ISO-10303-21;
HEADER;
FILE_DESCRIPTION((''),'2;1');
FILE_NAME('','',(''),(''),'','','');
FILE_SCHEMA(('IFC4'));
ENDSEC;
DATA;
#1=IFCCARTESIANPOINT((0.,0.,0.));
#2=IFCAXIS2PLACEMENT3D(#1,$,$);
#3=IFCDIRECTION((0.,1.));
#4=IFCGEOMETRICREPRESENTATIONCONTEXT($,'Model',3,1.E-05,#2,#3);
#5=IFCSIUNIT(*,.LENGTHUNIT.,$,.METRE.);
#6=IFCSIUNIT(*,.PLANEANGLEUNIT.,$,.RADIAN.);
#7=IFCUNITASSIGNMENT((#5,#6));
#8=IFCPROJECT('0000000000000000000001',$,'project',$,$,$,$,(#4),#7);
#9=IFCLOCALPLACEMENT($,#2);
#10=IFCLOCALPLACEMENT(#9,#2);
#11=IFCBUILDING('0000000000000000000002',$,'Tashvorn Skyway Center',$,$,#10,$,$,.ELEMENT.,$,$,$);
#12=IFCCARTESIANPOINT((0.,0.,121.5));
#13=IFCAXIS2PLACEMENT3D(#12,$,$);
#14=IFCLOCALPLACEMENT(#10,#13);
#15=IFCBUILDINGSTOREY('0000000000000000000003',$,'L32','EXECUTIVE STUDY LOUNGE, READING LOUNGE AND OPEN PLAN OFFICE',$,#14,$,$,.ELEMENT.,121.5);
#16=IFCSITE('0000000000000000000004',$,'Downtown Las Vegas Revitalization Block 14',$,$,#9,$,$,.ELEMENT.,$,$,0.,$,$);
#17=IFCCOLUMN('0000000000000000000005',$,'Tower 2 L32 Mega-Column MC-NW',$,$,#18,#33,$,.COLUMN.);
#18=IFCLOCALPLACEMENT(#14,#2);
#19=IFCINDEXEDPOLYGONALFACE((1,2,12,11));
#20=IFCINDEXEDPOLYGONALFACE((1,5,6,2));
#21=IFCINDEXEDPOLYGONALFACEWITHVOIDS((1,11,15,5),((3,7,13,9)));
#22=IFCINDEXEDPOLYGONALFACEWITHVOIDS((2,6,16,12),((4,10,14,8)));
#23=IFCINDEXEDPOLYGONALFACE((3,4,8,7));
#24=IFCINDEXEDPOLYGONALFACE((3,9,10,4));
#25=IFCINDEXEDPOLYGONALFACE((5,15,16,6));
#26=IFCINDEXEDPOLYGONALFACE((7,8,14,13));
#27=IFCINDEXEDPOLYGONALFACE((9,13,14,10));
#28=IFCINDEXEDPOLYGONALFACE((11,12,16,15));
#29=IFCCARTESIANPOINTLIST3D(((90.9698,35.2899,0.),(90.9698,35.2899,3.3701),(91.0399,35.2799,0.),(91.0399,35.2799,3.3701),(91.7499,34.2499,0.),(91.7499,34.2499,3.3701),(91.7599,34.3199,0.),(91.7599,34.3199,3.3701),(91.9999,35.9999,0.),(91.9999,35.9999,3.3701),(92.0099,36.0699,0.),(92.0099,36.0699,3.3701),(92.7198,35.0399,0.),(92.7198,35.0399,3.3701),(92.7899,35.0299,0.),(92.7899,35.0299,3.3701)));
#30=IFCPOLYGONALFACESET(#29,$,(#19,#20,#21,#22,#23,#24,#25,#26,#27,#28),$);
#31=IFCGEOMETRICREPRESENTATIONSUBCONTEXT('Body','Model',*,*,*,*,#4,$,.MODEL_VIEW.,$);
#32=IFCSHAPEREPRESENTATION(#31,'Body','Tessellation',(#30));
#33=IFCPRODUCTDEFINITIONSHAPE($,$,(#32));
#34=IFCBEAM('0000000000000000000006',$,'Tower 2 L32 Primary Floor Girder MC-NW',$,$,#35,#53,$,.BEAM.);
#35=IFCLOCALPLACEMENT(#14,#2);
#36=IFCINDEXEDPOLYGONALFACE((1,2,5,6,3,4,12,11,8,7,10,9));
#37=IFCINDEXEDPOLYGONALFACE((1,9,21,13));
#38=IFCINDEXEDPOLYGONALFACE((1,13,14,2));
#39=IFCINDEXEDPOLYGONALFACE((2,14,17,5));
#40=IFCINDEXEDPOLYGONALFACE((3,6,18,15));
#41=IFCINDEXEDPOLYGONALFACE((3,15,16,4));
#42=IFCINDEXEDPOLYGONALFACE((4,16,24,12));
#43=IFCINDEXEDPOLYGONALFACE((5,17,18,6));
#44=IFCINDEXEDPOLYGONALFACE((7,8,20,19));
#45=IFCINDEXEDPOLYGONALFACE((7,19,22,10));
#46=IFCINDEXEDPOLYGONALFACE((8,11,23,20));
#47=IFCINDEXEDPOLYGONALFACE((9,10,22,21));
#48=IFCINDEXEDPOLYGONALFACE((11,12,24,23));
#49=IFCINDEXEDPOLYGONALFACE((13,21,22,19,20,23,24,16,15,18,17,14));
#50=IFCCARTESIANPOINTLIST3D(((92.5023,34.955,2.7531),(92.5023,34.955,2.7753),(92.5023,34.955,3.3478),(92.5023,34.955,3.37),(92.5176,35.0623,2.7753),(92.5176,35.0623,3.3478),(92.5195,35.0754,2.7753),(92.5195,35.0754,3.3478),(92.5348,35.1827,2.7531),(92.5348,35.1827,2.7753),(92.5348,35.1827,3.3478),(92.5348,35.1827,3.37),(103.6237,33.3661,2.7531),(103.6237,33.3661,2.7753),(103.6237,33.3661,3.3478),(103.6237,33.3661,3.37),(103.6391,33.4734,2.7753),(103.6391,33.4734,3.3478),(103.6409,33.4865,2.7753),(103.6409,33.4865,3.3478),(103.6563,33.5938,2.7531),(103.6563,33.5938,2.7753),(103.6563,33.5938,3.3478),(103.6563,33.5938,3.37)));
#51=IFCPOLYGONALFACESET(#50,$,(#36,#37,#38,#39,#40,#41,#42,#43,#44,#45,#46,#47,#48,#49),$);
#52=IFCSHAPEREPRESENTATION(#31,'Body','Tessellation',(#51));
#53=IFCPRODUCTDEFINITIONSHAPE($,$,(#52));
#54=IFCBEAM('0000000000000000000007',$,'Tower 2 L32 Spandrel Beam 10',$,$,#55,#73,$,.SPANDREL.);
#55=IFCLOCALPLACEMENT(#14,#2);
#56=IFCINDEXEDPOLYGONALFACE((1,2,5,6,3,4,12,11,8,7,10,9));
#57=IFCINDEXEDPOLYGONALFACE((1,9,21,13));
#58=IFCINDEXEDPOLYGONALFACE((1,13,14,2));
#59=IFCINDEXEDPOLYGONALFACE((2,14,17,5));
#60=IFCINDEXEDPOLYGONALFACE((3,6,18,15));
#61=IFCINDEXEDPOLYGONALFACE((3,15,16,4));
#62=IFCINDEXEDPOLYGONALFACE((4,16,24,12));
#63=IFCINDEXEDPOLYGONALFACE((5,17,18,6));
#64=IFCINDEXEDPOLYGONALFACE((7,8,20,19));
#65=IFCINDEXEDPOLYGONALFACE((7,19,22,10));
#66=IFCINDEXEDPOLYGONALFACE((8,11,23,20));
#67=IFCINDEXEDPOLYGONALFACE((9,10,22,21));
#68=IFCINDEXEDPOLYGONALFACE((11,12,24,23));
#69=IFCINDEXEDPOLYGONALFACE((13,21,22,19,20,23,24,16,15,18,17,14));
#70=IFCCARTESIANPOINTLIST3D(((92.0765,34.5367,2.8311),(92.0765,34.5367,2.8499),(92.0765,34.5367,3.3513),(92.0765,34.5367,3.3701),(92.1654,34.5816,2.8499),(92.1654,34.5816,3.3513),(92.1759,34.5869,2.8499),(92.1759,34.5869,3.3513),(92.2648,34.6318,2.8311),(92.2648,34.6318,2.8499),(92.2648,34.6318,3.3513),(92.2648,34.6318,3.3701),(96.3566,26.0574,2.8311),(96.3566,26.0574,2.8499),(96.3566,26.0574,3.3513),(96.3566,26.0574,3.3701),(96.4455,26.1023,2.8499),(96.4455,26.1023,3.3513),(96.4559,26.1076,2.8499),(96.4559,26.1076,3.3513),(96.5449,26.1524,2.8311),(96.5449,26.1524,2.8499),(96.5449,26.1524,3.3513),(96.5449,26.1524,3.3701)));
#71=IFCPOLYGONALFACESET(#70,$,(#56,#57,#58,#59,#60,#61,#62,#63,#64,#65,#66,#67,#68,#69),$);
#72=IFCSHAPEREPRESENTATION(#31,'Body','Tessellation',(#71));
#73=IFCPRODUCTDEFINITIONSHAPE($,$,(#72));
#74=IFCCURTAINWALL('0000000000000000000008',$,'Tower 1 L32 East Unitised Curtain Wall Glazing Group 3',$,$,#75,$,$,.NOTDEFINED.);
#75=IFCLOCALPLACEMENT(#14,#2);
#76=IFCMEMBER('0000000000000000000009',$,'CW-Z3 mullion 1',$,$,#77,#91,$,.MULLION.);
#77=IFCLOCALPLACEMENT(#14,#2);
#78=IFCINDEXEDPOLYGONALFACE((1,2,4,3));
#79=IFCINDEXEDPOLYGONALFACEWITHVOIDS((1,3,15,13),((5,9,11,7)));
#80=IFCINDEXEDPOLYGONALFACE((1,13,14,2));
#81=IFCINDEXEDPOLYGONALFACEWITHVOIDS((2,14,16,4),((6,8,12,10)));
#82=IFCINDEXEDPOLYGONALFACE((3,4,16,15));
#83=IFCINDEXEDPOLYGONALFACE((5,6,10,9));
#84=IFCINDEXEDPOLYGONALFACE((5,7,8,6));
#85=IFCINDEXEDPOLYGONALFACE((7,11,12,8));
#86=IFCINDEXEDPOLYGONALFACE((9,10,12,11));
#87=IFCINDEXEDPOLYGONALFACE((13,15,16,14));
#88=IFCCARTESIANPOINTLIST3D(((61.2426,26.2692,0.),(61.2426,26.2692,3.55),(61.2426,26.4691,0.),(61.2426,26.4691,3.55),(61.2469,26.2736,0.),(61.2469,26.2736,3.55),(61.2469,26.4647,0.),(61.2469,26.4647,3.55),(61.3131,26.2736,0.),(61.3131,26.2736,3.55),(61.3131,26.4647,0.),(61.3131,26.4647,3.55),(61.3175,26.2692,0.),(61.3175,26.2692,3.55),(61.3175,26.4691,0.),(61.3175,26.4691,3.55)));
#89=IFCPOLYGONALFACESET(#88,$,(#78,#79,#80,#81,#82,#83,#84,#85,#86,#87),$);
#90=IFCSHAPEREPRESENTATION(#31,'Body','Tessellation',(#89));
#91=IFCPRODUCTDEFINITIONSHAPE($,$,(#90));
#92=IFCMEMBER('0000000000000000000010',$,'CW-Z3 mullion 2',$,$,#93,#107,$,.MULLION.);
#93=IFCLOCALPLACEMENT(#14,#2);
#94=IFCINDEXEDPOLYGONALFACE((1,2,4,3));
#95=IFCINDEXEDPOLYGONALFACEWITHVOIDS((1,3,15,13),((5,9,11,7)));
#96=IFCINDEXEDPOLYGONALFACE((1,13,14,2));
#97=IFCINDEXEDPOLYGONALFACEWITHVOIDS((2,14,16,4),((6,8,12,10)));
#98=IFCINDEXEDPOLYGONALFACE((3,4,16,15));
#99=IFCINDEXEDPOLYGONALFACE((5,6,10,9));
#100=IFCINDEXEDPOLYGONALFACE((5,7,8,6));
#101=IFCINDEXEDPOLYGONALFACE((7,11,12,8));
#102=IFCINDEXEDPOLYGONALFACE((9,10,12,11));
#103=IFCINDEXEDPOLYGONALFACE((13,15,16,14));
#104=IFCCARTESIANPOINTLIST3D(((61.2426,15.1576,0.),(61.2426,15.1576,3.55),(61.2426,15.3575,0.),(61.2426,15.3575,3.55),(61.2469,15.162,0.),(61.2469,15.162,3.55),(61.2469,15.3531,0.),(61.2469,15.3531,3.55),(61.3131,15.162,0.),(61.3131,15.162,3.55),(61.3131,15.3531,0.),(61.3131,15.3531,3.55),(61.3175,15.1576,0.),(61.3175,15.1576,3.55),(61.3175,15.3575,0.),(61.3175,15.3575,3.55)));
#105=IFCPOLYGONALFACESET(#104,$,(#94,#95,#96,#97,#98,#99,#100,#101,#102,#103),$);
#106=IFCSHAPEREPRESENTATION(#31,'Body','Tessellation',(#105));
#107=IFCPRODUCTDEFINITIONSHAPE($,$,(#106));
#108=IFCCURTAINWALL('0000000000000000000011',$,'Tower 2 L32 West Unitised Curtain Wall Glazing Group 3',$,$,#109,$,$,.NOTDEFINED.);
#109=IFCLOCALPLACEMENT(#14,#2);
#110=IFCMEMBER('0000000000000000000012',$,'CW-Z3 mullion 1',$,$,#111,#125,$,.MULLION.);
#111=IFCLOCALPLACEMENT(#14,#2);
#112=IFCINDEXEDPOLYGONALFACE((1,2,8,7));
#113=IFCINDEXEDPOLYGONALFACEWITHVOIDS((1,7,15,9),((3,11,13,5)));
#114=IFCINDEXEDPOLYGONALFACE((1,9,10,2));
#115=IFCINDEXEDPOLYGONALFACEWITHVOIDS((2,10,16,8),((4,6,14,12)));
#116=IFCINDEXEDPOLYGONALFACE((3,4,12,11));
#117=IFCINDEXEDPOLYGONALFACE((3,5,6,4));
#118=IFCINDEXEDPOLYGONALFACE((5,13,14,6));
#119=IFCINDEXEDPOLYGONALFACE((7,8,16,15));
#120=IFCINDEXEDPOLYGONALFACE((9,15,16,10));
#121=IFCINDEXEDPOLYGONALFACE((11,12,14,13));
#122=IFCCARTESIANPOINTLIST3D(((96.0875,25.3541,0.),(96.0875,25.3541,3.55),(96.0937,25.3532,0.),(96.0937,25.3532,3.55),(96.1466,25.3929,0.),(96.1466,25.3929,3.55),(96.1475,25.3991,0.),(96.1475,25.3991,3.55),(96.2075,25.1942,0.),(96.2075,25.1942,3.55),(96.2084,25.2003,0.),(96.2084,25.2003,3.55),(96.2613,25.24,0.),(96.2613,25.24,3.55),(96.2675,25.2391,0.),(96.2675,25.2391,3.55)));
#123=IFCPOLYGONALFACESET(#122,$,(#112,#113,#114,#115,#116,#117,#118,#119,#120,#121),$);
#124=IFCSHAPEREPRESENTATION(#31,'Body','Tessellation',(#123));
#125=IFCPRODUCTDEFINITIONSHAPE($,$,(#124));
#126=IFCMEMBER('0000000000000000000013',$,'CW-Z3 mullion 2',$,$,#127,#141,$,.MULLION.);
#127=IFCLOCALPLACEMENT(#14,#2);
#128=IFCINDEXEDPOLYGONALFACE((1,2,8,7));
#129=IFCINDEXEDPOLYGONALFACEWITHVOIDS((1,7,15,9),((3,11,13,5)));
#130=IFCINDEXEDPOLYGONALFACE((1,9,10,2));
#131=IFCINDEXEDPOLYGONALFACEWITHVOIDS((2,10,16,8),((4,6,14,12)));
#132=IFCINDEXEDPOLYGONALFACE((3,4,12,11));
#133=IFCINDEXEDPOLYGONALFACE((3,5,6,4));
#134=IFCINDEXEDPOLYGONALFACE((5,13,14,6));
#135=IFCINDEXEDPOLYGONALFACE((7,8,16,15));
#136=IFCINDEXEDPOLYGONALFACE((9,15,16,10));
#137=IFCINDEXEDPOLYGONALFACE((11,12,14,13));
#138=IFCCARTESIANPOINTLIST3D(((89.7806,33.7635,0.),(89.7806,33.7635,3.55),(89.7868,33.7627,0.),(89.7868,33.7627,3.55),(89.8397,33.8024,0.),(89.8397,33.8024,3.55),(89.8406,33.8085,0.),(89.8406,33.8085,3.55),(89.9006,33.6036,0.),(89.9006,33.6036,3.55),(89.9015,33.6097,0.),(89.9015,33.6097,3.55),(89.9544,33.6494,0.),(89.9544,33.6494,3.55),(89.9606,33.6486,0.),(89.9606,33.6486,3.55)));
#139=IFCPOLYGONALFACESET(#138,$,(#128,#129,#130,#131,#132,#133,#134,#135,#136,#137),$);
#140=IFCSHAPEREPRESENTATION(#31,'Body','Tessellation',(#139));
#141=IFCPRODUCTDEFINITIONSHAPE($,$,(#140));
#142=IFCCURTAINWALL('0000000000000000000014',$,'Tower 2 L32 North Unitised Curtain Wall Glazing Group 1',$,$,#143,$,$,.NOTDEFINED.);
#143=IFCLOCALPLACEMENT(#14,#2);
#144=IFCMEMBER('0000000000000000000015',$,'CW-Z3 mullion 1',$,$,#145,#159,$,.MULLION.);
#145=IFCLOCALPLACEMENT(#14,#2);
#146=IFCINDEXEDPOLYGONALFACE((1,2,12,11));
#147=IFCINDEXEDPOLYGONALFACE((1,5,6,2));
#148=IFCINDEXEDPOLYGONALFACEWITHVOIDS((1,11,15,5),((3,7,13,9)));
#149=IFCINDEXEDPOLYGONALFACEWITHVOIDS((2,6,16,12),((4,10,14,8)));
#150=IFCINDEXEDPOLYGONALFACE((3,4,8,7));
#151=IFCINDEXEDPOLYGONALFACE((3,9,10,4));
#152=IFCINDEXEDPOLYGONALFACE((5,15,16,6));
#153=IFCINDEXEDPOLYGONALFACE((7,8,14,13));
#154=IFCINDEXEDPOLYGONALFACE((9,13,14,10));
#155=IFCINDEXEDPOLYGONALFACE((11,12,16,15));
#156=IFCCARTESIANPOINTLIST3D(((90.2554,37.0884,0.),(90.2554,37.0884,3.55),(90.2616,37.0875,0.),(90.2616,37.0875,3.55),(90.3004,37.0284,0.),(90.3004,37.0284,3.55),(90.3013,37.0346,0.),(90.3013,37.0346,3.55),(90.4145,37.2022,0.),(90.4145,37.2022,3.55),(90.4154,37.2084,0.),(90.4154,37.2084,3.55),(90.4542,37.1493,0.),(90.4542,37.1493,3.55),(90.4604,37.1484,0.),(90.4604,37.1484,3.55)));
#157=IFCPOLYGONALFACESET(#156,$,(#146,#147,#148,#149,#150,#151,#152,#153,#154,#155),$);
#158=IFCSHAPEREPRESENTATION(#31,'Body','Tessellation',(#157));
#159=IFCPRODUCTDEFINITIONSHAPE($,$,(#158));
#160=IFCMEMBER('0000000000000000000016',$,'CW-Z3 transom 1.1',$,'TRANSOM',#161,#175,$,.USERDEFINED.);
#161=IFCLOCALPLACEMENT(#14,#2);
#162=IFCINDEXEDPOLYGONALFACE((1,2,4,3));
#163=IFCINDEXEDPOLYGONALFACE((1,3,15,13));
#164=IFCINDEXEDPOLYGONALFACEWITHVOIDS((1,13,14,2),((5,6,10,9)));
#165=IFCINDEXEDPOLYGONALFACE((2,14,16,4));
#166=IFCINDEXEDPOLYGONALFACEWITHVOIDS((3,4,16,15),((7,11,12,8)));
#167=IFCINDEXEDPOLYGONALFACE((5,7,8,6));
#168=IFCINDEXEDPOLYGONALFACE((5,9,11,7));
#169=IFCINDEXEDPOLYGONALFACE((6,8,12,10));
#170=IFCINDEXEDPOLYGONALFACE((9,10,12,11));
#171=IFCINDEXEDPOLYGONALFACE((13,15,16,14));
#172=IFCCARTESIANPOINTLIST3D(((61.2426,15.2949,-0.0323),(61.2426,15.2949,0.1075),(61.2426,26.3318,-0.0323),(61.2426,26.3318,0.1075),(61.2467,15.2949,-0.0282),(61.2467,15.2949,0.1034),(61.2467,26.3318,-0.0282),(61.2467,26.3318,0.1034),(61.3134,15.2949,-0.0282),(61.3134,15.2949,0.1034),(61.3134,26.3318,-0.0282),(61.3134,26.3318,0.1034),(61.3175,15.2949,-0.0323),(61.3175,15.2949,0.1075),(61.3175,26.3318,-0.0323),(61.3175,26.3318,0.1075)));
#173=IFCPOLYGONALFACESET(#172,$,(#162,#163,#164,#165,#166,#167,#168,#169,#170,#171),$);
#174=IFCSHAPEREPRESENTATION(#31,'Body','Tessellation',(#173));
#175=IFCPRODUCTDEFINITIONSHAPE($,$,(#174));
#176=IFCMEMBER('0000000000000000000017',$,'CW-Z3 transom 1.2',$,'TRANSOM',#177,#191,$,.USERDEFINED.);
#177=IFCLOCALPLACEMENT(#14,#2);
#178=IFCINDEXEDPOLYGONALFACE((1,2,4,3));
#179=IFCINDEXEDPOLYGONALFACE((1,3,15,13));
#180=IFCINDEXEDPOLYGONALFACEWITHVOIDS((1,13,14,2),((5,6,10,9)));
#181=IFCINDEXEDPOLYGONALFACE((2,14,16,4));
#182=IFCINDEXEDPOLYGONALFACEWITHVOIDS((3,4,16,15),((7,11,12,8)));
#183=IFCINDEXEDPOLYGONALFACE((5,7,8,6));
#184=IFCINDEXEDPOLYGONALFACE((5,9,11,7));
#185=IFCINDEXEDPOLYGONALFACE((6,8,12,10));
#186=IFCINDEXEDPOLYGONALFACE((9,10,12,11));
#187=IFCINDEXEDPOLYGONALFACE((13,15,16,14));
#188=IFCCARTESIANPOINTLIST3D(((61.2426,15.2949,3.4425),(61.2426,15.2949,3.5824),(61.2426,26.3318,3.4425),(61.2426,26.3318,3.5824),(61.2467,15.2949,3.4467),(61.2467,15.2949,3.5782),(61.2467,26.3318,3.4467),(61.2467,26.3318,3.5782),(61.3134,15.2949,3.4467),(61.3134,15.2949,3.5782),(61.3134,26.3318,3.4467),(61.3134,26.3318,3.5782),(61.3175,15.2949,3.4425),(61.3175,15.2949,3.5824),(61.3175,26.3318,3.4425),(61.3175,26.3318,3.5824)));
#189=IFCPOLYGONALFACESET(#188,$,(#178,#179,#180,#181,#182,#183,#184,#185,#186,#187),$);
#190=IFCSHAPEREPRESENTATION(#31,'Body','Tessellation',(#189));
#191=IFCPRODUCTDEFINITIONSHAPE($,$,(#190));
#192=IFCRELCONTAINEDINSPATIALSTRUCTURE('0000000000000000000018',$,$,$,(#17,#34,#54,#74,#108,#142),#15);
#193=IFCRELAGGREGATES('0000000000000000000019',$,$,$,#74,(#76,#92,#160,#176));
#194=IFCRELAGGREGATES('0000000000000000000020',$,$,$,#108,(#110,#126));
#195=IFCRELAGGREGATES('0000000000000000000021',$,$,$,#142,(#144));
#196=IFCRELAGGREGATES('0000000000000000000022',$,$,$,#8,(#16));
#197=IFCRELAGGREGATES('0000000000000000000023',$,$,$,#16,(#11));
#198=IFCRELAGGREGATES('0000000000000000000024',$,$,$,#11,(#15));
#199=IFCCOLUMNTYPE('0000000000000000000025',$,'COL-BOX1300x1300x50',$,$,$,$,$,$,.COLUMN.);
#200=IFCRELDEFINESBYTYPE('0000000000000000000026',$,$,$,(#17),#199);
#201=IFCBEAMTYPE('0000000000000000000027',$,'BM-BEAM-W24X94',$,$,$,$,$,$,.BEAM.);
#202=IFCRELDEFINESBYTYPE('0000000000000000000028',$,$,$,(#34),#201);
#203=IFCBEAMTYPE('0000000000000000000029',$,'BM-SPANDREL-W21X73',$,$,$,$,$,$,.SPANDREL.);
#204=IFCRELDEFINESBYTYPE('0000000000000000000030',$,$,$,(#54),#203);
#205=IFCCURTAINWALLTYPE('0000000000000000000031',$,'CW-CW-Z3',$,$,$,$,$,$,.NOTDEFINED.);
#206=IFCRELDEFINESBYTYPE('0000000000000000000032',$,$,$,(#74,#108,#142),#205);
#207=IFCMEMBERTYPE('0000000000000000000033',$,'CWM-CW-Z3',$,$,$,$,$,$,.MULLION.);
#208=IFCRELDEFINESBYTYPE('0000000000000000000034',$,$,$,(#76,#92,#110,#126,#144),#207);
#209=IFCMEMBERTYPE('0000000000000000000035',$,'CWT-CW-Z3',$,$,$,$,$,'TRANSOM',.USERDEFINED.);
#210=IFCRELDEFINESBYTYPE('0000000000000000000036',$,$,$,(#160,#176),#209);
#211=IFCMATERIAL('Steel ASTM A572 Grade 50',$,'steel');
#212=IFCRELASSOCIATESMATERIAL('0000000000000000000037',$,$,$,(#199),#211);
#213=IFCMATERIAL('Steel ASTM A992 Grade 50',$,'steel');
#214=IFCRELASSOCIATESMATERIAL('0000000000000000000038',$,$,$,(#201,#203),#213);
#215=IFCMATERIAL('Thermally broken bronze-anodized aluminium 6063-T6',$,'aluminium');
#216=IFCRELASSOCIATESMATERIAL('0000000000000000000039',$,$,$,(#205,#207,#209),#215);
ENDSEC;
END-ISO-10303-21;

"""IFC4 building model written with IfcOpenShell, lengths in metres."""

from ifc_helpers import new_model, si_unit, direction, frame, origin, origin_2d, place, context, subcontext, project, spatial, hollow_rectangle, i_section, extrude, material, material_profile, profile_set, type_object, element, aggregate, save


model = new_model("IFC4")

# Units and contexts
model_context = context("Model", 3, precision=1e-05, world=origin(), true_north=direction((0.0, 1.0)))
body_context = subcontext(model_context, "Body", "Model", "MODEL_VIEW")
ifc_project = project(units=[si_unit("LENGTHUNIT", "METRE"), si_unit("PLANEANGLEUNIT", "RADIAN")], contexts=[model_context])

# Site, building, storey
site_placement = place(None, origin())
site = spatial("IfcSite", under=ifc_project, at=site_placement, Name="Downtown Las Vegas Revitalization Block 14", CompositionType="ELEMENT", RefElevation=0.0)
building_placement = place(site_placement, origin())
building = spatial("IfcBuilding", under=site, at=building_placement, Name="Tashvorn Skyway Center", CompositionType="ELEMENT")
storey_placement = place(building_placement, frame((0.0, 0.0, 121.5)))
storey = spatial("IfcBuildingStorey", under=building, at=storey_placement, Name="L32", Description="EXECUTIVE STUDY LOUNGE, READING LOUNGE AND OPEN PLAN OFFICE", CompositionType="ELEMENT", Elevation=121.5)

# Column
ifc_material_1 = material(Name="Steel ASTM A572 Grade 50", Category="steel")
ifc_material_profile_1 = material_profile(ifc_material_1, hollow_rectangle(XDim=1.3, YDim=1.3, WallThickness=0.05, at=origin_2d()), Name="BOX1300x1300x50")
ifc_profile_set_1 = profile_set([ifc_material_profile_1], Name="Steel ASTM A572 Grade 50")
column_type = type_object("IfcColumnType", Name="COL-BOX1300x1300x50", PredefinedType="COLUMN", material=ifc_profile_set_1)
column_placement = place(storey_placement, frame((91.8799, 35.1599, 0.0), z_axis=(0.0, 0.0, 1.0), x_axis=(0.8, 0.6, 0.0)))
element("IfcColumn", 1, at=column_placement, inside=storey, type_object=column_type, Name="Tower 2 L32 Mega-Column MC-NW", PredefinedType="COLUMN", context=body_context, shape_type="SweptSolid", body=[
    extrude(hollow_rectangle(XDim=1.3, YDim=1.3, WallThickness=0.05, at=origin_2d()), origin(), (0.0, 0.0, 1.0), 3.3701),
])

# Beams
ifc_material_2 = material(Name="Steel ASTM A992 Grade 50", Category="steel")
ifc_material_profile_2 = material_profile(ifc_material_2, i_section(OverallWidth=0.23, OverallDepth=0.6169, WebThickness=0.0132, FlangeThickness=0.0222, at=origin_2d()), Name="W24X94")
ifc_profile_set_2 = profile_set([ifc_material_profile_2], Name="Steel ASTM A992 Grade 50")
beam_type_1 = type_object("IfcBeamType", Name="BM-BEAM-W24X94", PredefinedType="BEAM", material=ifc_profile_set_2)
beam_1_placement = place(storey_placement, frame((92.5186, 35.0688, 3.0615), z_axis=(0.989948, -0.14143, 0.0), x_axis=(0.14143, 0.989948, 0.0)))
element("IfcBeam", 2, at=beam_1_placement, inside=storey, type_object=beam_type_1, Name="Tower 2 L32 Primary Floor Girder MC-NW", PredefinedType="BEAM", context=body_context, shape_type="SweptSolid", body=[
    extrude(i_section(OverallWidth=0.23, OverallDepth=0.6169, WebThickness=0.0132, FlangeThickness=0.0222, at=origin_2d()), origin(), (0.0, 0.0, 1.0), 11.2344),
])
ifc_material_profile_3 = material_profile(ifc_material_2, i_section(OverallWidth=0.2109, OverallDepth=0.5391, WebThickness=0.0117, FlangeThickness=0.0188, at=origin_2d()), Name="W21X73")
ifc_profile_set_3 = profile_set([ifc_material_profile_3], Name="Steel ASTM A992 Grade 50")
beam_type_2 = type_object("IfcBeamType", Name="BM-SPANDREL-W21X73", PredefinedType="SPANDREL", material=ifc_profile_set_3)
beam_2_placement = place(storey_placement, frame((92.1707, 34.5842, 3.1006), z_axis=(0.450614, -0.892719, 0.0), x_axis=(0.892719, 0.450614, 0.0)))
element("IfcBeam", 3, at=beam_2_placement, inside=storey, type_object=beam_type_2, Name="Tower 2 L32 Spandrel Beam 10", PredefinedType="SPANDREL", context=body_context, shape_type="SweptSolid", body=[
    extrude(i_section(OverallWidth=0.2109, OverallDepth=0.5391, WebThickness=0.0117, FlangeThickness=0.0188, at=origin_2d()), origin(), (0.0, 0.0, 1.0), 9.4983),
])

# Curtain walls, members
ifc_material_3 = material(Name="Thermally broken bronze-anodized aluminium 6063-T6", Category="aluminium")
curtain_wall_type = type_object("IfcCurtainWallType", Name="CW-CW-Z3", PredefinedType="NOTDEFINED", material=ifc_material_3)
curtain_wall_1_placement = place(storey_placement, origin())
curtain_wall_1 = element("IfcCurtainWall", 4, at=curtain_wall_1_placement, inside=storey, type_object=curtain_wall_type, Name="Tower 1 L32 East Unitised Curtain Wall Glazing Group 3", PredefinedType="NOTDEFINED")
ifc_material_profile_4 = material_profile(ifc_material_3, hollow_rectangle(XDim=0.075, YDim=0.2, WallThickness=0.0044, at=origin_2d()), Name="ALU-MULL-75x200")
ifc_profile_set_4 = profile_set([ifc_material_profile_4], Name="Thermally broken bronze-anodized aluminium 6063-T6")
member_type_1 = type_object("IfcMemberType", Name="CWM-CW-Z3", PredefinedType="MULLION", material=ifc_profile_set_4)
member_1_placement = place(storey_placement, frame((61.28, 26.3691, 0.0), z_axis=(0.0, 0.0, 1.0), x_axis=(1.0, 0.0, 0.0)))
member_1 = element("IfcMember", 5, at=member_1_placement, type_object=member_type_1, Name="CW-Z3 mullion 1", PredefinedType="MULLION", context=body_context, shape_type="SweptSolid", body=[
    extrude(hollow_rectangle(XDim=0.075, YDim=0.2, WallThickness=0.0044, at=origin_2d()), origin(), (0.0, 0.0, 1.0), 3.55),
])
member_2_placement = place(storey_placement, frame((61.28, 15.2576, 0.0), z_axis=(0.0, 0.0, 1.0), x_axis=(1.0, 0.0, 0.0)))
member_2 = element("IfcMember", 6, at=member_2_placement, type_object=member_type_1, Name="CW-Z3 mullion 2", PredefinedType="MULLION", context=body_context, shape_type="SweptSolid", body=[
    extrude(hollow_rectangle(XDim=0.075, YDim=0.2, WallThickness=0.0044, at=origin_2d()), origin(), (0.0, 0.0, 1.0), 3.55),
])
curtain_wall_2_placement = place(storey_placement, origin())
curtain_wall_2 = element("IfcCurtainWall", 7, at=curtain_wall_2_placement, inside=storey, type_object=curtain_wall_type, Name="Tower 2 L32 West Unitised Curtain Wall Glazing Group 3", PredefinedType="NOTDEFINED")
member_3_placement = place(storey_placement, frame((96.1775, 25.2966, 0.0), z_axis=(0.0, 0.0, 1.0), x_axis=(-0.799999, -0.600002, 0.0)))
member_3 = element("IfcMember", 8, at=member_3_placement, type_object=member_type_1, Name="CW-Z3 mullion 1", PredefinedType="MULLION", context=body_context, shape_type="SweptSolid", body=[
    extrude(hollow_rectangle(XDim=0.075, YDim=0.2, WallThickness=0.0044, at=origin_2d()), origin(), (0.0, 0.0, 1.0), 3.55),
])
member_4_placement = place(storey_placement, frame((89.8706, 33.7061, 0.0), z_axis=(0.0, 0.0, 1.0), x_axis=(-0.799999, -0.600002, 0.0)))
member_4 = element("IfcMember", 9, at=member_4_placement, type_object=member_type_1, Name="CW-Z3 mullion 2", PredefinedType="MULLION", context=body_context, shape_type="SweptSolid", body=[
    extrude(hollow_rectangle(XDim=0.075, YDim=0.2, WallThickness=0.0044, at=origin_2d()), origin(), (0.0, 0.0, 1.0), 3.55),
])

# Curtain wall, member
curtain_wall_3_placement = place(storey_placement, origin())
curtain_wall_3 = element("IfcCurtainWall", 10, at=curtain_wall_3_placement, inside=storey, type_object=curtain_wall_type, Name="Tower 2 L32 North Unitised Curtain Wall Glazing Group 1", PredefinedType="NOTDEFINED")
member_5_placement = place(storey_placement, frame((90.3579, 37.1184, 0.0), z_axis=(0.0, 0.0, 1.0), x_axis=(-0.600002, 0.799999, 0.0)))
member_5 = element("IfcMember", 11, at=member_5_placement, type_object=member_type_1, Name="CW-Z3 mullion 1", PredefinedType="MULLION", context=body_context, shape_type="SweptSolid", body=[
    extrude(hollow_rectangle(XDim=0.075, YDim=0.2, WallThickness=0.0044, at=origin_2d()), origin(), (0.0, 0.0, 1.0), 3.55),
])

# Members
ifc_material_profile_5 = material_profile(ifc_material_3, hollow_rectangle(XDim=0.075, YDim=0.1399, WallThickness=0.0042, at=origin_2d()), Name="ALU-TRAN-75x140")
ifc_profile_set_5 = profile_set([ifc_material_profile_5], Name="Thermally broken bronze-anodized aluminium 6063-T6")
member_type_2 = type_object("IfcMemberType", Name="CWT-CW-Z3", ElementType="TRANSOM", PredefinedType="USERDEFINED", material=ifc_profile_set_5)
member_6_placement = place(storey_placement, frame((61.28, 26.3318, 0.0376), z_axis=(0.0, -1.0, 0.0), x_axis=(1.0, 0.0, 0.0)))
member_6 = element("IfcMember", 12, at=member_6_placement, type_object=member_type_2, Name="CW-Z3 transom 1.1", ObjectType="TRANSOM", PredefinedType="USERDEFINED", context=body_context, shape_type="SweptSolid", body=[
    extrude(hollow_rectangle(XDim=0.075, YDim=0.1399, WallThickness=0.0042, at=origin_2d()), origin(), (0.0, 0.0, 1.0), 11.0369),
])
member_7_placement = place(storey_placement, frame((61.28, 26.3318, 3.5125), z_axis=(0.0, -1.0, 0.0), x_axis=(1.0, 0.0, 0.0)))
member_7 = element("IfcMember", 13, at=member_7_placement, type_object=member_type_2, Name="CW-Z3 transom 1.2", ObjectType="TRANSOM", PredefinedType="USERDEFINED", context=body_context, shape_type="SweptSolid", body=[
    extrude(hollow_rectangle(XDim=0.075, YDim=0.1399, WallThickness=0.0042, at=origin_2d()), origin(), (0.0, 0.0, 1.0), 11.0369),
])

aggregate(curtain_wall_1, [member_1, member_2, member_6, member_7])
aggregate(curtain_wall_2, [member_3, member_4])
aggregate(curtain_wall_3, [member_5])

save(model, "model.ifc")
